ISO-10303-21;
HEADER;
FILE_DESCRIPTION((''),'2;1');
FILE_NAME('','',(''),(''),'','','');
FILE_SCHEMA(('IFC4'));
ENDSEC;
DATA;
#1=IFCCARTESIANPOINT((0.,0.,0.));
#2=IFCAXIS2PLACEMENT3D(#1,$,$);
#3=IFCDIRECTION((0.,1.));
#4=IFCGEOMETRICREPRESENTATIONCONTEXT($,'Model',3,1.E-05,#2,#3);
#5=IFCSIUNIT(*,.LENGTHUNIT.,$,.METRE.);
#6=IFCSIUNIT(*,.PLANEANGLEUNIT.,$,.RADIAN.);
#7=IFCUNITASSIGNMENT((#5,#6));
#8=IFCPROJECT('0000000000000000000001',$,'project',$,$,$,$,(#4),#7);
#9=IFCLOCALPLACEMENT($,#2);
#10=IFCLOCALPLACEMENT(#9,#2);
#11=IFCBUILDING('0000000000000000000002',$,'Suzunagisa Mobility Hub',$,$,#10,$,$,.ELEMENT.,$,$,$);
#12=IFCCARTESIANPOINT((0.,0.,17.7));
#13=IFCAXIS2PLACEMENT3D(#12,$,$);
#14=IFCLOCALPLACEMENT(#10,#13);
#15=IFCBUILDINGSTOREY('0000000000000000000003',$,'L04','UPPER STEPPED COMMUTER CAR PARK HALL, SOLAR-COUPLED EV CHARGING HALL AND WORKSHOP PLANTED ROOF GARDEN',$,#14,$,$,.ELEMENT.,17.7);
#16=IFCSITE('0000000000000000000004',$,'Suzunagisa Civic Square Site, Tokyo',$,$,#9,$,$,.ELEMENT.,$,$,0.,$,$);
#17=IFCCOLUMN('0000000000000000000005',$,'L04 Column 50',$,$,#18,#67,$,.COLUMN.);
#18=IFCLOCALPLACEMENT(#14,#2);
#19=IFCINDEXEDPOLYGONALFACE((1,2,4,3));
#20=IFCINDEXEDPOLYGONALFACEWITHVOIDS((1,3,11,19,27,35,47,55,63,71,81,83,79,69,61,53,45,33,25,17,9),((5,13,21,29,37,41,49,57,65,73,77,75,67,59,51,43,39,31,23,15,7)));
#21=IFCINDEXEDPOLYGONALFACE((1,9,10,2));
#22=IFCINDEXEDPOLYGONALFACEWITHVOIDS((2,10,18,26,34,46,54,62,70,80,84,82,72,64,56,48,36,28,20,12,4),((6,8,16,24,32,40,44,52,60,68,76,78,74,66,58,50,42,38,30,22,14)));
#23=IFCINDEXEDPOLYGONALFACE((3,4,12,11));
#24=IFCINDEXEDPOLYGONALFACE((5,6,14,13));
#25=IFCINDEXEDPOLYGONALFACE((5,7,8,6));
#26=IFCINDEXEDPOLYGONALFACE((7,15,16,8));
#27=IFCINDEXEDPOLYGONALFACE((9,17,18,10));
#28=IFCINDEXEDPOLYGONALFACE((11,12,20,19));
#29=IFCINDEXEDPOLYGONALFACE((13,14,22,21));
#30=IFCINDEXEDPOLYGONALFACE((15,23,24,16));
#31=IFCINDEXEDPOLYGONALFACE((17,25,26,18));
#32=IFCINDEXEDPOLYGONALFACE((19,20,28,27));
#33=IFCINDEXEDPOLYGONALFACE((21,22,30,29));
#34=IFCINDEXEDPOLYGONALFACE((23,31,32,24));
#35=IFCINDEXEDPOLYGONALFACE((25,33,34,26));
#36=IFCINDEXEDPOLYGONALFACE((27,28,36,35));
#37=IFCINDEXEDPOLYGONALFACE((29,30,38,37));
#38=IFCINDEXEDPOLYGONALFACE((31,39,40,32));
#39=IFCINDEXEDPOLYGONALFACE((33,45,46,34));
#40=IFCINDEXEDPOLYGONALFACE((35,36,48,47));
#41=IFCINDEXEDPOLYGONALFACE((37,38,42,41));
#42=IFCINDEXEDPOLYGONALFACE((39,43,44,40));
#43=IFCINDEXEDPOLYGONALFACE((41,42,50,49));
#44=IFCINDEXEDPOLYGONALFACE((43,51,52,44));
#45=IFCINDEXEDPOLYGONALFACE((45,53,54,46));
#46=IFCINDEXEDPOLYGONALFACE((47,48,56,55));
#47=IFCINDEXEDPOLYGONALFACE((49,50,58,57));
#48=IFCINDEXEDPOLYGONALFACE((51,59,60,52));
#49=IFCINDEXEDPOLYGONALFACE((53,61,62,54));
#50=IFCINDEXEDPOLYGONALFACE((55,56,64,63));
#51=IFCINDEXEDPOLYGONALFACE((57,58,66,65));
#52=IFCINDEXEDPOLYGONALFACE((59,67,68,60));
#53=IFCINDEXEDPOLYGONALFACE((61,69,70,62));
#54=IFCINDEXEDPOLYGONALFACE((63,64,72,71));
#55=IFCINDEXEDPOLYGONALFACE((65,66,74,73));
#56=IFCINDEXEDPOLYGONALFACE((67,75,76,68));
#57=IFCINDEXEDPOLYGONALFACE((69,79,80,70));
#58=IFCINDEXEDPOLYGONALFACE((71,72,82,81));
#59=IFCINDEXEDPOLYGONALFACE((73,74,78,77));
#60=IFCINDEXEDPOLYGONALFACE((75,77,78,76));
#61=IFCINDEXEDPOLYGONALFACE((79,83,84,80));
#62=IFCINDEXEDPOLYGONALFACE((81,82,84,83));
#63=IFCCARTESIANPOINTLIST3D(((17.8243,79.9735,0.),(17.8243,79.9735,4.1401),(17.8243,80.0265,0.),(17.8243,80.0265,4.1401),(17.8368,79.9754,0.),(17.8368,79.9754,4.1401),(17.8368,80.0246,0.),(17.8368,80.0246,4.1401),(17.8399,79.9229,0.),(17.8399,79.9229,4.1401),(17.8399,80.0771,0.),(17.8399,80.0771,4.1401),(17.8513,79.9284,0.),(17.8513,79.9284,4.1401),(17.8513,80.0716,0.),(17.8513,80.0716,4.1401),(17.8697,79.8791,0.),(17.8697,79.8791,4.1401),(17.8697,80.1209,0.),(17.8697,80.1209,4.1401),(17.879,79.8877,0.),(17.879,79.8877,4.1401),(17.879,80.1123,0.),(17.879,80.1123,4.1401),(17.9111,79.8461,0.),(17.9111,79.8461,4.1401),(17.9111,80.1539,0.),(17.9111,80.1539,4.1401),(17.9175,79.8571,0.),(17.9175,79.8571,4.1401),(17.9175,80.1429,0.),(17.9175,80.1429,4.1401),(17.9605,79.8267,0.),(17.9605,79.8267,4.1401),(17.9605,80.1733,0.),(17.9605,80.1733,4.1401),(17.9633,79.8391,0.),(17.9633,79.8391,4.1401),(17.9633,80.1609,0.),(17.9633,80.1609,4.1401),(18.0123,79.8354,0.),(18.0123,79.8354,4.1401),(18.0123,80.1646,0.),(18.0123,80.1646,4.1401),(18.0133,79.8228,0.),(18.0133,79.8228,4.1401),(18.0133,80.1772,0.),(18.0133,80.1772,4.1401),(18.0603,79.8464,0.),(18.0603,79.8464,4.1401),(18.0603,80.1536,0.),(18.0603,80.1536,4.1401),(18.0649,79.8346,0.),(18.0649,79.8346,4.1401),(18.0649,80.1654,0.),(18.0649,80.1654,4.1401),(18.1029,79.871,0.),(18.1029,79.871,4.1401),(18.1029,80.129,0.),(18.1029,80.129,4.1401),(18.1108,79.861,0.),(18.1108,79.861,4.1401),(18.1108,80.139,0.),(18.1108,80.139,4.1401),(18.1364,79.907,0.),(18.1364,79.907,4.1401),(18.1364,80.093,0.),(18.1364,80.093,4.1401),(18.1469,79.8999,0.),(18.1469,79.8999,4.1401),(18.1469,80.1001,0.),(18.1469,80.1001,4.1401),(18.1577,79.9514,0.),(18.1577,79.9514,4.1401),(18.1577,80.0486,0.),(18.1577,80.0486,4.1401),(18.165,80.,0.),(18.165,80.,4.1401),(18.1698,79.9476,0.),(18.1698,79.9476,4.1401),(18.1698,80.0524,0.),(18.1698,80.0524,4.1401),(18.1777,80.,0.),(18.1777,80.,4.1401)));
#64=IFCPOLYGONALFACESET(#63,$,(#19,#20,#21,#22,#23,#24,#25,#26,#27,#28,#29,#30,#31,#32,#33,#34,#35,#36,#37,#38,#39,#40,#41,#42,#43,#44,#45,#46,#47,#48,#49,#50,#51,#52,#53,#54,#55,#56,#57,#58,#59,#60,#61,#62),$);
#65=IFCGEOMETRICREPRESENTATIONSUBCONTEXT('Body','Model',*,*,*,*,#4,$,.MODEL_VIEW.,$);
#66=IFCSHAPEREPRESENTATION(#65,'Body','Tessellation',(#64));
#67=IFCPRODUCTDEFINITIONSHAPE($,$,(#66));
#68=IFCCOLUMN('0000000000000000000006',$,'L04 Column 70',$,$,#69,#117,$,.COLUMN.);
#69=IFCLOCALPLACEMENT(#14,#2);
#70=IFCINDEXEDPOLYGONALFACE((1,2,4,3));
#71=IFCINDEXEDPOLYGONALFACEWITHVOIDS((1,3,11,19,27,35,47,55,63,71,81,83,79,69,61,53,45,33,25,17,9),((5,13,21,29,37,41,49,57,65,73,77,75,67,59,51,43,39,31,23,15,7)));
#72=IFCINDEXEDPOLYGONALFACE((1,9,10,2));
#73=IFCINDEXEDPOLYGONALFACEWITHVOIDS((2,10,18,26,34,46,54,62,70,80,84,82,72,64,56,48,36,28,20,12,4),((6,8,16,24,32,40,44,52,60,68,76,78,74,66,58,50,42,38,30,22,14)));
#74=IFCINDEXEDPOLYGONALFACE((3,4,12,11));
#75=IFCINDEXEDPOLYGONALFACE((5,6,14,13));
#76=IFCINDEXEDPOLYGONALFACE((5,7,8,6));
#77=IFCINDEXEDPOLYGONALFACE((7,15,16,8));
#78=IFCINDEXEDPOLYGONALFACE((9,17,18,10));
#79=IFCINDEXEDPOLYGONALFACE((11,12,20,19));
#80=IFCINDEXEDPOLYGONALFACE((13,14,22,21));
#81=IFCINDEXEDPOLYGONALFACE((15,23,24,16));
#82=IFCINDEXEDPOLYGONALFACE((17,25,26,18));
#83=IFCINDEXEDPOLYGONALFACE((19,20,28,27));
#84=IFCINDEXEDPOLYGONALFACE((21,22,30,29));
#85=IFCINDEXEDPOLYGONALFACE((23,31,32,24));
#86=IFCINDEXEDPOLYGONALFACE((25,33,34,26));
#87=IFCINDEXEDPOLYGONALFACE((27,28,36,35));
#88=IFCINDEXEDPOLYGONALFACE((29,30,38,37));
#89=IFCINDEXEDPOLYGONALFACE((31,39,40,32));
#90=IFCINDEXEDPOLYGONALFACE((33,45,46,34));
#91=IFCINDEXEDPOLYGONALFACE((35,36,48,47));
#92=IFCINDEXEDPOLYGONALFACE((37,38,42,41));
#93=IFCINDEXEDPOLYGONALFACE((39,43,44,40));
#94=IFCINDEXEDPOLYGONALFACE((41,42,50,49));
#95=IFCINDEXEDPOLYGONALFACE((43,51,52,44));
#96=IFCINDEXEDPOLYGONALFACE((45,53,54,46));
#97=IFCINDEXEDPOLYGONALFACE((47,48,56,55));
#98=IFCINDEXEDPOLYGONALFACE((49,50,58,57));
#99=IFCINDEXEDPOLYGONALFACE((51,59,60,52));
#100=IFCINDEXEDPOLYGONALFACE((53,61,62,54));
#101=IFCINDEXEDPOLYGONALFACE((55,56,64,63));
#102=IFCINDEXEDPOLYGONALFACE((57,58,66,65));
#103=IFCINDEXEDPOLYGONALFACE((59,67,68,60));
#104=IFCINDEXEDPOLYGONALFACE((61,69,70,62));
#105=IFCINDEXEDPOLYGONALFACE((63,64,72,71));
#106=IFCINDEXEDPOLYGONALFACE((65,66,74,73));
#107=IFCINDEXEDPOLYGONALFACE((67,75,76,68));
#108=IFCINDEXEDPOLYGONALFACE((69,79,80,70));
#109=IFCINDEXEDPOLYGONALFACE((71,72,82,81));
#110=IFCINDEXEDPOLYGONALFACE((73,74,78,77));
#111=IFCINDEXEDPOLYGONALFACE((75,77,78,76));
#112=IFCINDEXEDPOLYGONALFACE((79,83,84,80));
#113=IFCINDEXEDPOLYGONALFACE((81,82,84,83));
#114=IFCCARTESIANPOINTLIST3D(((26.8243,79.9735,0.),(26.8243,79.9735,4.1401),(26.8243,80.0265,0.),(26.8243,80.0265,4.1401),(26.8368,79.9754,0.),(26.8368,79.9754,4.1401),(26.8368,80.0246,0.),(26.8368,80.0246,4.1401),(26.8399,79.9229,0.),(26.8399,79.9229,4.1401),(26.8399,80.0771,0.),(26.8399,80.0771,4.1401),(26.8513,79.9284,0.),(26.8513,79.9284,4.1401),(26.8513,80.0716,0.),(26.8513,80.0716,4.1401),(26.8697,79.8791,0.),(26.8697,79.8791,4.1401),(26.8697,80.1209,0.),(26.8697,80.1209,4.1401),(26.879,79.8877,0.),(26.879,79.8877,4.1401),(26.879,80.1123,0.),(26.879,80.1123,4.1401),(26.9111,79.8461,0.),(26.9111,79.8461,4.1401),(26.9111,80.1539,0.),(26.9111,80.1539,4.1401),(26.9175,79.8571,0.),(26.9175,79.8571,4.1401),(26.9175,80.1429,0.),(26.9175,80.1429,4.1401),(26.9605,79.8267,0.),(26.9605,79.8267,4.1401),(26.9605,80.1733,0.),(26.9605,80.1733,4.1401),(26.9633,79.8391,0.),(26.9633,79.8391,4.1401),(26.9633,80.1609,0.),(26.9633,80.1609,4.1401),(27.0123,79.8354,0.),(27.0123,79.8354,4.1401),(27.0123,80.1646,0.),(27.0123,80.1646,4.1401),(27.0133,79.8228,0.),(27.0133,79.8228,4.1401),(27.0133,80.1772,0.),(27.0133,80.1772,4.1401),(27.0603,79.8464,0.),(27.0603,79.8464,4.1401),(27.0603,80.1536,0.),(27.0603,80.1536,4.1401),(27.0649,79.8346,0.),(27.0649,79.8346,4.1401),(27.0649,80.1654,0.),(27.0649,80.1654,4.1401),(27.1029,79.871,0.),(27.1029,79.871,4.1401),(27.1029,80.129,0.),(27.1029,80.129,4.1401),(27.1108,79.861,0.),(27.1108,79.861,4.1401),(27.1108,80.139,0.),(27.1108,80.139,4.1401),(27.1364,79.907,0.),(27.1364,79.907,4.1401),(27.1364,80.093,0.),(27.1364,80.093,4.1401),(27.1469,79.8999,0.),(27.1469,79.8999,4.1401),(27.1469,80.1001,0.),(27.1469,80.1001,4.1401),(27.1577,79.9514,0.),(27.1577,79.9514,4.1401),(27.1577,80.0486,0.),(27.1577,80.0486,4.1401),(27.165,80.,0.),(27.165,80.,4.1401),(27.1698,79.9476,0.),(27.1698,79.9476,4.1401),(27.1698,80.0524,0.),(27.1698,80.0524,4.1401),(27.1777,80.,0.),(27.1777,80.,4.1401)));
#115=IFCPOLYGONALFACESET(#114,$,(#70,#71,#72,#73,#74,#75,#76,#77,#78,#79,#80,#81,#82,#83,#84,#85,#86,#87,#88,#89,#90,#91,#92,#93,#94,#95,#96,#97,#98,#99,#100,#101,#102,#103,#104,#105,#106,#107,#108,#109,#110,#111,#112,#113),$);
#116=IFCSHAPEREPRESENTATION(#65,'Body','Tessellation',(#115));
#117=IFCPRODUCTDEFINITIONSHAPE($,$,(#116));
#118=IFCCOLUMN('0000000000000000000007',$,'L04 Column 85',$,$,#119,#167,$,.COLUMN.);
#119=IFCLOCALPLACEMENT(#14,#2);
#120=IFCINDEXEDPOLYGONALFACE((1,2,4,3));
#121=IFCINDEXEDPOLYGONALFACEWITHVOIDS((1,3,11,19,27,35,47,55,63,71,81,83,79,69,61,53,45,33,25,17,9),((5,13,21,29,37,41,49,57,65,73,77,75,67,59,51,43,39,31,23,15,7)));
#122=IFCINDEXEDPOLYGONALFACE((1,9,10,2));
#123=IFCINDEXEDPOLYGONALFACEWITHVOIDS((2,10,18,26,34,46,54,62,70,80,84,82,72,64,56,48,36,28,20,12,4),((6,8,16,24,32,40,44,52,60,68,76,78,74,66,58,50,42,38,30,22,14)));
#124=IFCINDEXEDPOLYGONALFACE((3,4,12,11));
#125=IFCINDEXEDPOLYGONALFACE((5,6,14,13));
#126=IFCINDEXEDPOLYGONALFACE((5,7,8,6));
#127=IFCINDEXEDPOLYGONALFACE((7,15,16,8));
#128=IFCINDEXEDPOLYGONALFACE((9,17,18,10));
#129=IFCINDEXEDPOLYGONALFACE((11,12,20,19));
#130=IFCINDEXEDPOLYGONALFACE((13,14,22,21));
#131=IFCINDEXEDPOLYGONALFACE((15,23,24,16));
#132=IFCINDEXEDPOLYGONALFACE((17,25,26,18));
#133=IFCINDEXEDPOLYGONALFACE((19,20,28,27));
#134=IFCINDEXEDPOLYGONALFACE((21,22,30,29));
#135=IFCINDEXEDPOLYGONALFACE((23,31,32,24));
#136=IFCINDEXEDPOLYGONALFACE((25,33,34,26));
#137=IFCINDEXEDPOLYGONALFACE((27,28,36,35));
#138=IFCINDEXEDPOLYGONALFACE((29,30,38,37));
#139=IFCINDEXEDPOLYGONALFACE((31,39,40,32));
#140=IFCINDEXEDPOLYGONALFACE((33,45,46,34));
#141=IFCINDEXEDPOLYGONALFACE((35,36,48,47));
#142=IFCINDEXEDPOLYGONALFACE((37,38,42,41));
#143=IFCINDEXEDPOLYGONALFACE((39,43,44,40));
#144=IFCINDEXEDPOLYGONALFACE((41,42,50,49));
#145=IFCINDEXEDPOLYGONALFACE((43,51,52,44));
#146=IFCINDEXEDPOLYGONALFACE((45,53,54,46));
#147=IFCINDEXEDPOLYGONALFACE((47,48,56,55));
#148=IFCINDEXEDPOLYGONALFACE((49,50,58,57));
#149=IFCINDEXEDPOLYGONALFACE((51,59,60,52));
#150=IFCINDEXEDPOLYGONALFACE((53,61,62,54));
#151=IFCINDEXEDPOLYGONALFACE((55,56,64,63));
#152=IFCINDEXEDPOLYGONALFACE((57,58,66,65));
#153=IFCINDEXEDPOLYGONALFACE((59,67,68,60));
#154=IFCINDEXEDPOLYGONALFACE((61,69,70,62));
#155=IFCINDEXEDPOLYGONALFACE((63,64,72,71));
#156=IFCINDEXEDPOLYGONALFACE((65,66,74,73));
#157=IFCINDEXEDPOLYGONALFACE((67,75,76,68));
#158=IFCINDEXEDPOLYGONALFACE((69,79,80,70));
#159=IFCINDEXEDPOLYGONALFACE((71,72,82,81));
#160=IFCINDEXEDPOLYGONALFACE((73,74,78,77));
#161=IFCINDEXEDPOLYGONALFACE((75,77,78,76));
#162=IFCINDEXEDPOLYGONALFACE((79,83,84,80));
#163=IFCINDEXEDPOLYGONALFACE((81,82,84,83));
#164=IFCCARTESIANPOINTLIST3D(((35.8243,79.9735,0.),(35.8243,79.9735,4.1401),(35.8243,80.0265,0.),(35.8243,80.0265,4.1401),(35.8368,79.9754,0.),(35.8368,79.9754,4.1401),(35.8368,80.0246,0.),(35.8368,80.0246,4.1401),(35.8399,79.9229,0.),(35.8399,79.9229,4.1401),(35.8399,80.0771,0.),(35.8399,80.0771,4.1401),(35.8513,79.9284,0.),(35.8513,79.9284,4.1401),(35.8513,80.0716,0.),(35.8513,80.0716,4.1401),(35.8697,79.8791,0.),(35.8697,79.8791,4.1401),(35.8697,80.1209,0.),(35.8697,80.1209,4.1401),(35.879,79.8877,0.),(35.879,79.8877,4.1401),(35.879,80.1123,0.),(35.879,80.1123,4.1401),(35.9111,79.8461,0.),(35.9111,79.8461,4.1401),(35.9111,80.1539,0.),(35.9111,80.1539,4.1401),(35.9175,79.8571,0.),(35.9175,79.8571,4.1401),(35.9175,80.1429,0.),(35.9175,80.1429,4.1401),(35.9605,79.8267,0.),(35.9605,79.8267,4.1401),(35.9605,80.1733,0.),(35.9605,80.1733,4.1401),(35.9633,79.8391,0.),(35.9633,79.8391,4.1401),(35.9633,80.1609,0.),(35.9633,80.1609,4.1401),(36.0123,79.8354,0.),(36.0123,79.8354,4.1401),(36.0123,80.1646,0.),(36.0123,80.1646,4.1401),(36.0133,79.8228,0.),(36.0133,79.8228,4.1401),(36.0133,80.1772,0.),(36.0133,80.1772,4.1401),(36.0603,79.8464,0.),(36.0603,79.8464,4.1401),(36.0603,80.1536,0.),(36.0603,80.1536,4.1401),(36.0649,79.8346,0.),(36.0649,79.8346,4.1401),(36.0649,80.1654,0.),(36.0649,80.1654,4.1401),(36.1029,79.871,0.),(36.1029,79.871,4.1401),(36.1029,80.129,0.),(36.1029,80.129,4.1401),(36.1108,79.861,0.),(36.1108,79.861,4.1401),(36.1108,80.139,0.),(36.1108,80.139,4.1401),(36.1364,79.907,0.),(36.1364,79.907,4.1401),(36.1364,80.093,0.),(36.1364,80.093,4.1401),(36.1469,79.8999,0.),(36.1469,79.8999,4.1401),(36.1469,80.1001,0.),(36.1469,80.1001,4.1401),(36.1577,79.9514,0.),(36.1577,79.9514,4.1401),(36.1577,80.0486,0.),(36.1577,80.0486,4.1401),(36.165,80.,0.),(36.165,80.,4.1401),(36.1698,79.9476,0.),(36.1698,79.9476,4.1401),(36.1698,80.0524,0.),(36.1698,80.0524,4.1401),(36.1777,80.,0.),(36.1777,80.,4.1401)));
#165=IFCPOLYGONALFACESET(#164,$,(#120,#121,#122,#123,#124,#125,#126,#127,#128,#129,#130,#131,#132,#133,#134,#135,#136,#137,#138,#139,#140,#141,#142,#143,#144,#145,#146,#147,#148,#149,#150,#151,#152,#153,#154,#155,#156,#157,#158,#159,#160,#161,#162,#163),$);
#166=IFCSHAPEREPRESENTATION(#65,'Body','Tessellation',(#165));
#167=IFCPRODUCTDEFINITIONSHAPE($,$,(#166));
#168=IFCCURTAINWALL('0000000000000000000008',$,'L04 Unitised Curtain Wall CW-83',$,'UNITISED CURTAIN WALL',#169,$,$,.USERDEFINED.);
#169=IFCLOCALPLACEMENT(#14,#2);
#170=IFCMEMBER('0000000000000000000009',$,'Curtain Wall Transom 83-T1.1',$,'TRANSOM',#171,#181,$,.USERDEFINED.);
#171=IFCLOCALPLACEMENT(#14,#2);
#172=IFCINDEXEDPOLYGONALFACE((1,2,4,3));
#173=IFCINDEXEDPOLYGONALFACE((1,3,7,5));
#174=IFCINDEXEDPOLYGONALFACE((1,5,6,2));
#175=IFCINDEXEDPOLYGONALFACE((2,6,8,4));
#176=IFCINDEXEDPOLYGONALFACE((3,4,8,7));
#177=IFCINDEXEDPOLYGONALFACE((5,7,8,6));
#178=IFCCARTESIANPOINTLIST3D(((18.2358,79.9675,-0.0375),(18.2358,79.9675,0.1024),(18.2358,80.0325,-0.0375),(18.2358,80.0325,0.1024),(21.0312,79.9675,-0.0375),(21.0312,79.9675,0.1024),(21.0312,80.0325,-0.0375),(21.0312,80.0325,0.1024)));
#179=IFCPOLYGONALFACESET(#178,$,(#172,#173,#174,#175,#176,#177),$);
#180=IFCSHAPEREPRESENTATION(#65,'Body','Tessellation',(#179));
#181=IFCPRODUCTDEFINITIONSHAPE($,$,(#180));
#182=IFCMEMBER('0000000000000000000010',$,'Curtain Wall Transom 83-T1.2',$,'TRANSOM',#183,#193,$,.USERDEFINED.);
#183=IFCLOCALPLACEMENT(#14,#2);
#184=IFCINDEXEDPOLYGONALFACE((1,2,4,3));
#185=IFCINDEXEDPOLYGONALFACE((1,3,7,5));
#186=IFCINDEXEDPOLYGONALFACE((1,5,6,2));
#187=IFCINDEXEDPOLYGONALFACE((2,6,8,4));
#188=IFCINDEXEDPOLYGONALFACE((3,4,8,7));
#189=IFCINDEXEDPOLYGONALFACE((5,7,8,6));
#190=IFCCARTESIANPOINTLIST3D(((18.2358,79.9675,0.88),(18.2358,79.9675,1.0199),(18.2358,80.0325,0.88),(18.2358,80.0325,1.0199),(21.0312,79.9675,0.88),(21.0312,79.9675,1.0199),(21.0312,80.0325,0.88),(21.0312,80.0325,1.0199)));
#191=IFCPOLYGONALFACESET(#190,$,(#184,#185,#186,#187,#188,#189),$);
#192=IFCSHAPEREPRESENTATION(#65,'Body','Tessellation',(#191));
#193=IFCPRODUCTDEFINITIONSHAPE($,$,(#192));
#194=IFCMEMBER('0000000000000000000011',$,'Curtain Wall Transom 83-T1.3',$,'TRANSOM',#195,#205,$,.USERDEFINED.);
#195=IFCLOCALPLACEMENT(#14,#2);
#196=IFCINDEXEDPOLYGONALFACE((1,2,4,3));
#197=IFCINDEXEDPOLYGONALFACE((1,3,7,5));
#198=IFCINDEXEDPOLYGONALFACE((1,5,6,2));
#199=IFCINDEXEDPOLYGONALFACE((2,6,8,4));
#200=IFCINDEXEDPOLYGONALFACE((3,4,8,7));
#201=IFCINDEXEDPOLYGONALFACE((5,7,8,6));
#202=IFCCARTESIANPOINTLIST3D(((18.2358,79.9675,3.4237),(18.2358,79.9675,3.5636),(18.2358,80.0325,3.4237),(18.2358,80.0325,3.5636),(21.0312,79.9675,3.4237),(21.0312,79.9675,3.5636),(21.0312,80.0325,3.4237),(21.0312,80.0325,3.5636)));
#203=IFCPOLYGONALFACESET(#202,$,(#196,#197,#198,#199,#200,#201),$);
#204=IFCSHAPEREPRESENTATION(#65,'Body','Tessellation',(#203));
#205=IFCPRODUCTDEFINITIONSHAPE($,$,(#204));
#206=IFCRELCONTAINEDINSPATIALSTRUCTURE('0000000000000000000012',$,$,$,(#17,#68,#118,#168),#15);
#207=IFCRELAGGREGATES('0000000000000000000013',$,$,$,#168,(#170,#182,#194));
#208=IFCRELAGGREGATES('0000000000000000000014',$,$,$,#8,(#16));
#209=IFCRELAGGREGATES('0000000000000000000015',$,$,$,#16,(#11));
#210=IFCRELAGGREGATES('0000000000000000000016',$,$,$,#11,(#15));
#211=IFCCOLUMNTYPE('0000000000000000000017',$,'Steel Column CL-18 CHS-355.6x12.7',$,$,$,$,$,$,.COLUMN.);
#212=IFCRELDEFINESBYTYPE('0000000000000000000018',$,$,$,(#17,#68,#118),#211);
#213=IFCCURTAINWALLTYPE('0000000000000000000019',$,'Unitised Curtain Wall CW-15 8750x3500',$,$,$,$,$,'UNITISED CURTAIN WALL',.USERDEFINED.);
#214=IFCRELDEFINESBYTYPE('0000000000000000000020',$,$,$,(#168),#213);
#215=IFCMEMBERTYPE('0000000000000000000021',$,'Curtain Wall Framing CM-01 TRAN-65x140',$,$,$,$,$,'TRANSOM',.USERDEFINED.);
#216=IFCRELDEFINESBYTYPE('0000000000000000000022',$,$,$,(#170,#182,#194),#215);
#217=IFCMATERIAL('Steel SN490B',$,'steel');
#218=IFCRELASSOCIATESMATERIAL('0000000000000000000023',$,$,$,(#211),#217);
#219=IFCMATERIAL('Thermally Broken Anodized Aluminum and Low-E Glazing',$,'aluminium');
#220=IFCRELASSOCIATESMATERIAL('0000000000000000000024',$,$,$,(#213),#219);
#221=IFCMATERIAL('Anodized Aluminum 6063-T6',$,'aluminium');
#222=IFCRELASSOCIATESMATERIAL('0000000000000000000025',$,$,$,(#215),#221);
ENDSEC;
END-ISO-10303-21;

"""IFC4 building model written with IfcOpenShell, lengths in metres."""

from ifc_helpers import new_model, si_unit, direction, frame, origin, origin_2d, place, context, subcontext, project, spatial, rectangle, hollow_circle, extrude, material, material_profile, profile_set, type_object, element, aggregate, save


model = new_model("IFC4")

# Units and contexts
model_context = context("Model", 3, precision=1e-05, world=origin(), true_north=direction((0.0, 1.0)))
body_context = subcontext(model_context, "Body", "Model", "MODEL_VIEW")
ifc_project = project(units=[si_unit("LENGTHUNIT", "METRE"), si_unit("PLANEANGLEUNIT", "RADIAN")], contexts=[model_context])

# Site, building, storey
site_placement = place(None, origin())
site = spatial("IfcSite", under=ifc_project, at=site_placement, Name="Suzunagisa Civic Square Site, Tokyo", CompositionType="ELEMENT", RefElevation=0.0)
building_placement = place(site_placement, origin())
building = spatial("IfcBuilding", under=site, at=building_placement, Name="Suzunagisa Mobility Hub", CompositionType="ELEMENT")
storey_placement = place(building_placement, frame((0.0, 0.0, 17.7)))
storey = spatial("IfcBuildingStorey", under=building, at=storey_placement, Name="L04", Description="UPPER STEPPED COMMUTER CAR PARK HALL, SOLAR-COUPLED EV CHARGING HALL AND WORKSHOP PLANTED ROOF GARDEN", CompositionType="ELEMENT", Elevation=17.7)

# Columns
ifc_material_1 = material(Name="Steel SN490B", Category="steel")
ifc_material_profile_1 = material_profile(ifc_material_1, hollow_circle(Radius=0.1777, WallThickness=0.0127, at=origin_2d()), Name="CHS-355.6x12.7")
ifc_profile_set_1 = profile_set([ifc_material_profile_1], Name="Steel SN490B")
column_type = type_object("IfcColumnType", Name="Steel Column CL-18 CHS-355.6x12.7", PredefinedType="COLUMN", material=ifc_profile_set_1)
for number, where, z_axis, x_axis, name in (
    (1, (18.0, 80.0, 0.0), (0.0, 0.0, 1.0), (1.0, 0.0, 0.0), "L04 Column 50"),
    (2, (27.0, 80.0, 0.0), (0.0, 0.0, 1.0), (1.0, 0.0, 0.0), "L04 Column 70"),
    (3, (36.0, 80.0, 0.0), (0.0, 0.0, 1.0), (1.0, 0.0, 0.0), "L04 Column 85"),
):
    element("IfcColumn", number, at=place(storey_placement, frame(where, z_axis=z_axis, x_axis=x_axis)), inside=storey, type_object=column_type, Name=name, PredefinedType="COLUMN", context=body_context, shape_type="SweptSolid", body=[
        extrude(hollow_circle(Radius=0.1777, WallThickness=0.0127, at=origin_2d()), origin(), (0.0, 0.0, 1.0), 4.1401),
    ])

# Curtain wall, members
ifc_material_2 = material(Name="Thermally Broken Anodized Aluminum and Low-E Glazing", Category="aluminium")
curtain_wall_type = type_object("IfcCurtainWallType", Name="Unitised Curtain Wall CW-15 8750x3500", ElementType="UNITISED CURTAIN WALL", PredefinedType="USERDEFINED", material=ifc_material_2)
curtain_wall_placement = place(storey_placement, origin())
curtain_wall = element("IfcCurtainWall", 4, at=curtain_wall_placement, inside=storey, type_object=curtain_wall_type, Name="L04 Unitised Curtain Wall CW-83", ObjectType="UNITISED CURTAIN WALL", PredefinedType="USERDEFINED")
ifc_material_3 = material(Name="Anodized Aluminum 6063-T6", Category="aluminium")
ifc_material_profile_2 = material_profile(ifc_material_3, rectangle(XDim=0.0649, YDim=0.1399, at=origin_2d()), Name="TRAN-65x140")
ifc_profile_set_2 = profile_set([ifc_material_profile_2], Name="Anodized Aluminum 6063-T6")
member_type_1 = type_object("IfcMemberType", Name="Curtain Wall Framing CM-01 TRAN-65x140", ElementType="TRANSOM", PredefinedType="USERDEFINED", material=ifc_profile_set_2)
member_1_placement = place(storey_placement, frame((18.2358, 80.0, 0.0325), z_axis=(1.0, 0.0, 0.0), x_axis=(0.0, 1.0, 0.0)))
member_1 = element("IfcMember", 5, at=member_1_placement, type_object=member_type_1, Name="Curtain Wall Transom 83-T1.1", ObjectType="TRANSOM", PredefinedType="USERDEFINED", context=body_context, shape_type="SweptSolid", body=[
    extrude(rectangle(XDim=0.0649, YDim=0.1399, at=origin_2d()), origin(), (0.0, 0.0, 1.0), 2.7954),
])
member_2_placement = place(storey_placement, frame((18.2358, 80.0, 0.95), z_axis=(1.0, 0.0, 0.0), x_axis=(0.0, 1.0, 0.0)))
member_2 = element("IfcMember", 6, at=member_2_placement, type_object=member_type_1, Name="Curtain Wall Transom 83-T1.2", ObjectType="TRANSOM", PredefinedType="USERDEFINED", context=body_context, shape_type="SweptSolid", body=[
    extrude(rectangle(XDim=0.0649, YDim=0.1399, at=origin_2d()), origin(), (0.0, 0.0, 1.0), 2.7954),
])
member_3_placement = place(storey_placement, frame((18.2358, 80.0, 3.4937), z_axis=(1.0, 0.0, 0.0), x_axis=(0.0, 1.0, 0.0)))
member_3 = element("IfcMember", 7, at=member_3_placement, type_object=member_type_1, Name="Curtain Wall Transom 83-T1.3", ObjectType="TRANSOM", PredefinedType="USERDEFINED", context=body_context, shape_type="SweptSolid", body=[
    extrude(rectangle(XDim=0.0649, YDim=0.1399, at=origin_2d()), origin(), (0.0, 0.0, 1.0), 2.7954),
])

aggregate(curtain_wall, [member_1, member_2, member_3])

save(model, "model.ifc")
